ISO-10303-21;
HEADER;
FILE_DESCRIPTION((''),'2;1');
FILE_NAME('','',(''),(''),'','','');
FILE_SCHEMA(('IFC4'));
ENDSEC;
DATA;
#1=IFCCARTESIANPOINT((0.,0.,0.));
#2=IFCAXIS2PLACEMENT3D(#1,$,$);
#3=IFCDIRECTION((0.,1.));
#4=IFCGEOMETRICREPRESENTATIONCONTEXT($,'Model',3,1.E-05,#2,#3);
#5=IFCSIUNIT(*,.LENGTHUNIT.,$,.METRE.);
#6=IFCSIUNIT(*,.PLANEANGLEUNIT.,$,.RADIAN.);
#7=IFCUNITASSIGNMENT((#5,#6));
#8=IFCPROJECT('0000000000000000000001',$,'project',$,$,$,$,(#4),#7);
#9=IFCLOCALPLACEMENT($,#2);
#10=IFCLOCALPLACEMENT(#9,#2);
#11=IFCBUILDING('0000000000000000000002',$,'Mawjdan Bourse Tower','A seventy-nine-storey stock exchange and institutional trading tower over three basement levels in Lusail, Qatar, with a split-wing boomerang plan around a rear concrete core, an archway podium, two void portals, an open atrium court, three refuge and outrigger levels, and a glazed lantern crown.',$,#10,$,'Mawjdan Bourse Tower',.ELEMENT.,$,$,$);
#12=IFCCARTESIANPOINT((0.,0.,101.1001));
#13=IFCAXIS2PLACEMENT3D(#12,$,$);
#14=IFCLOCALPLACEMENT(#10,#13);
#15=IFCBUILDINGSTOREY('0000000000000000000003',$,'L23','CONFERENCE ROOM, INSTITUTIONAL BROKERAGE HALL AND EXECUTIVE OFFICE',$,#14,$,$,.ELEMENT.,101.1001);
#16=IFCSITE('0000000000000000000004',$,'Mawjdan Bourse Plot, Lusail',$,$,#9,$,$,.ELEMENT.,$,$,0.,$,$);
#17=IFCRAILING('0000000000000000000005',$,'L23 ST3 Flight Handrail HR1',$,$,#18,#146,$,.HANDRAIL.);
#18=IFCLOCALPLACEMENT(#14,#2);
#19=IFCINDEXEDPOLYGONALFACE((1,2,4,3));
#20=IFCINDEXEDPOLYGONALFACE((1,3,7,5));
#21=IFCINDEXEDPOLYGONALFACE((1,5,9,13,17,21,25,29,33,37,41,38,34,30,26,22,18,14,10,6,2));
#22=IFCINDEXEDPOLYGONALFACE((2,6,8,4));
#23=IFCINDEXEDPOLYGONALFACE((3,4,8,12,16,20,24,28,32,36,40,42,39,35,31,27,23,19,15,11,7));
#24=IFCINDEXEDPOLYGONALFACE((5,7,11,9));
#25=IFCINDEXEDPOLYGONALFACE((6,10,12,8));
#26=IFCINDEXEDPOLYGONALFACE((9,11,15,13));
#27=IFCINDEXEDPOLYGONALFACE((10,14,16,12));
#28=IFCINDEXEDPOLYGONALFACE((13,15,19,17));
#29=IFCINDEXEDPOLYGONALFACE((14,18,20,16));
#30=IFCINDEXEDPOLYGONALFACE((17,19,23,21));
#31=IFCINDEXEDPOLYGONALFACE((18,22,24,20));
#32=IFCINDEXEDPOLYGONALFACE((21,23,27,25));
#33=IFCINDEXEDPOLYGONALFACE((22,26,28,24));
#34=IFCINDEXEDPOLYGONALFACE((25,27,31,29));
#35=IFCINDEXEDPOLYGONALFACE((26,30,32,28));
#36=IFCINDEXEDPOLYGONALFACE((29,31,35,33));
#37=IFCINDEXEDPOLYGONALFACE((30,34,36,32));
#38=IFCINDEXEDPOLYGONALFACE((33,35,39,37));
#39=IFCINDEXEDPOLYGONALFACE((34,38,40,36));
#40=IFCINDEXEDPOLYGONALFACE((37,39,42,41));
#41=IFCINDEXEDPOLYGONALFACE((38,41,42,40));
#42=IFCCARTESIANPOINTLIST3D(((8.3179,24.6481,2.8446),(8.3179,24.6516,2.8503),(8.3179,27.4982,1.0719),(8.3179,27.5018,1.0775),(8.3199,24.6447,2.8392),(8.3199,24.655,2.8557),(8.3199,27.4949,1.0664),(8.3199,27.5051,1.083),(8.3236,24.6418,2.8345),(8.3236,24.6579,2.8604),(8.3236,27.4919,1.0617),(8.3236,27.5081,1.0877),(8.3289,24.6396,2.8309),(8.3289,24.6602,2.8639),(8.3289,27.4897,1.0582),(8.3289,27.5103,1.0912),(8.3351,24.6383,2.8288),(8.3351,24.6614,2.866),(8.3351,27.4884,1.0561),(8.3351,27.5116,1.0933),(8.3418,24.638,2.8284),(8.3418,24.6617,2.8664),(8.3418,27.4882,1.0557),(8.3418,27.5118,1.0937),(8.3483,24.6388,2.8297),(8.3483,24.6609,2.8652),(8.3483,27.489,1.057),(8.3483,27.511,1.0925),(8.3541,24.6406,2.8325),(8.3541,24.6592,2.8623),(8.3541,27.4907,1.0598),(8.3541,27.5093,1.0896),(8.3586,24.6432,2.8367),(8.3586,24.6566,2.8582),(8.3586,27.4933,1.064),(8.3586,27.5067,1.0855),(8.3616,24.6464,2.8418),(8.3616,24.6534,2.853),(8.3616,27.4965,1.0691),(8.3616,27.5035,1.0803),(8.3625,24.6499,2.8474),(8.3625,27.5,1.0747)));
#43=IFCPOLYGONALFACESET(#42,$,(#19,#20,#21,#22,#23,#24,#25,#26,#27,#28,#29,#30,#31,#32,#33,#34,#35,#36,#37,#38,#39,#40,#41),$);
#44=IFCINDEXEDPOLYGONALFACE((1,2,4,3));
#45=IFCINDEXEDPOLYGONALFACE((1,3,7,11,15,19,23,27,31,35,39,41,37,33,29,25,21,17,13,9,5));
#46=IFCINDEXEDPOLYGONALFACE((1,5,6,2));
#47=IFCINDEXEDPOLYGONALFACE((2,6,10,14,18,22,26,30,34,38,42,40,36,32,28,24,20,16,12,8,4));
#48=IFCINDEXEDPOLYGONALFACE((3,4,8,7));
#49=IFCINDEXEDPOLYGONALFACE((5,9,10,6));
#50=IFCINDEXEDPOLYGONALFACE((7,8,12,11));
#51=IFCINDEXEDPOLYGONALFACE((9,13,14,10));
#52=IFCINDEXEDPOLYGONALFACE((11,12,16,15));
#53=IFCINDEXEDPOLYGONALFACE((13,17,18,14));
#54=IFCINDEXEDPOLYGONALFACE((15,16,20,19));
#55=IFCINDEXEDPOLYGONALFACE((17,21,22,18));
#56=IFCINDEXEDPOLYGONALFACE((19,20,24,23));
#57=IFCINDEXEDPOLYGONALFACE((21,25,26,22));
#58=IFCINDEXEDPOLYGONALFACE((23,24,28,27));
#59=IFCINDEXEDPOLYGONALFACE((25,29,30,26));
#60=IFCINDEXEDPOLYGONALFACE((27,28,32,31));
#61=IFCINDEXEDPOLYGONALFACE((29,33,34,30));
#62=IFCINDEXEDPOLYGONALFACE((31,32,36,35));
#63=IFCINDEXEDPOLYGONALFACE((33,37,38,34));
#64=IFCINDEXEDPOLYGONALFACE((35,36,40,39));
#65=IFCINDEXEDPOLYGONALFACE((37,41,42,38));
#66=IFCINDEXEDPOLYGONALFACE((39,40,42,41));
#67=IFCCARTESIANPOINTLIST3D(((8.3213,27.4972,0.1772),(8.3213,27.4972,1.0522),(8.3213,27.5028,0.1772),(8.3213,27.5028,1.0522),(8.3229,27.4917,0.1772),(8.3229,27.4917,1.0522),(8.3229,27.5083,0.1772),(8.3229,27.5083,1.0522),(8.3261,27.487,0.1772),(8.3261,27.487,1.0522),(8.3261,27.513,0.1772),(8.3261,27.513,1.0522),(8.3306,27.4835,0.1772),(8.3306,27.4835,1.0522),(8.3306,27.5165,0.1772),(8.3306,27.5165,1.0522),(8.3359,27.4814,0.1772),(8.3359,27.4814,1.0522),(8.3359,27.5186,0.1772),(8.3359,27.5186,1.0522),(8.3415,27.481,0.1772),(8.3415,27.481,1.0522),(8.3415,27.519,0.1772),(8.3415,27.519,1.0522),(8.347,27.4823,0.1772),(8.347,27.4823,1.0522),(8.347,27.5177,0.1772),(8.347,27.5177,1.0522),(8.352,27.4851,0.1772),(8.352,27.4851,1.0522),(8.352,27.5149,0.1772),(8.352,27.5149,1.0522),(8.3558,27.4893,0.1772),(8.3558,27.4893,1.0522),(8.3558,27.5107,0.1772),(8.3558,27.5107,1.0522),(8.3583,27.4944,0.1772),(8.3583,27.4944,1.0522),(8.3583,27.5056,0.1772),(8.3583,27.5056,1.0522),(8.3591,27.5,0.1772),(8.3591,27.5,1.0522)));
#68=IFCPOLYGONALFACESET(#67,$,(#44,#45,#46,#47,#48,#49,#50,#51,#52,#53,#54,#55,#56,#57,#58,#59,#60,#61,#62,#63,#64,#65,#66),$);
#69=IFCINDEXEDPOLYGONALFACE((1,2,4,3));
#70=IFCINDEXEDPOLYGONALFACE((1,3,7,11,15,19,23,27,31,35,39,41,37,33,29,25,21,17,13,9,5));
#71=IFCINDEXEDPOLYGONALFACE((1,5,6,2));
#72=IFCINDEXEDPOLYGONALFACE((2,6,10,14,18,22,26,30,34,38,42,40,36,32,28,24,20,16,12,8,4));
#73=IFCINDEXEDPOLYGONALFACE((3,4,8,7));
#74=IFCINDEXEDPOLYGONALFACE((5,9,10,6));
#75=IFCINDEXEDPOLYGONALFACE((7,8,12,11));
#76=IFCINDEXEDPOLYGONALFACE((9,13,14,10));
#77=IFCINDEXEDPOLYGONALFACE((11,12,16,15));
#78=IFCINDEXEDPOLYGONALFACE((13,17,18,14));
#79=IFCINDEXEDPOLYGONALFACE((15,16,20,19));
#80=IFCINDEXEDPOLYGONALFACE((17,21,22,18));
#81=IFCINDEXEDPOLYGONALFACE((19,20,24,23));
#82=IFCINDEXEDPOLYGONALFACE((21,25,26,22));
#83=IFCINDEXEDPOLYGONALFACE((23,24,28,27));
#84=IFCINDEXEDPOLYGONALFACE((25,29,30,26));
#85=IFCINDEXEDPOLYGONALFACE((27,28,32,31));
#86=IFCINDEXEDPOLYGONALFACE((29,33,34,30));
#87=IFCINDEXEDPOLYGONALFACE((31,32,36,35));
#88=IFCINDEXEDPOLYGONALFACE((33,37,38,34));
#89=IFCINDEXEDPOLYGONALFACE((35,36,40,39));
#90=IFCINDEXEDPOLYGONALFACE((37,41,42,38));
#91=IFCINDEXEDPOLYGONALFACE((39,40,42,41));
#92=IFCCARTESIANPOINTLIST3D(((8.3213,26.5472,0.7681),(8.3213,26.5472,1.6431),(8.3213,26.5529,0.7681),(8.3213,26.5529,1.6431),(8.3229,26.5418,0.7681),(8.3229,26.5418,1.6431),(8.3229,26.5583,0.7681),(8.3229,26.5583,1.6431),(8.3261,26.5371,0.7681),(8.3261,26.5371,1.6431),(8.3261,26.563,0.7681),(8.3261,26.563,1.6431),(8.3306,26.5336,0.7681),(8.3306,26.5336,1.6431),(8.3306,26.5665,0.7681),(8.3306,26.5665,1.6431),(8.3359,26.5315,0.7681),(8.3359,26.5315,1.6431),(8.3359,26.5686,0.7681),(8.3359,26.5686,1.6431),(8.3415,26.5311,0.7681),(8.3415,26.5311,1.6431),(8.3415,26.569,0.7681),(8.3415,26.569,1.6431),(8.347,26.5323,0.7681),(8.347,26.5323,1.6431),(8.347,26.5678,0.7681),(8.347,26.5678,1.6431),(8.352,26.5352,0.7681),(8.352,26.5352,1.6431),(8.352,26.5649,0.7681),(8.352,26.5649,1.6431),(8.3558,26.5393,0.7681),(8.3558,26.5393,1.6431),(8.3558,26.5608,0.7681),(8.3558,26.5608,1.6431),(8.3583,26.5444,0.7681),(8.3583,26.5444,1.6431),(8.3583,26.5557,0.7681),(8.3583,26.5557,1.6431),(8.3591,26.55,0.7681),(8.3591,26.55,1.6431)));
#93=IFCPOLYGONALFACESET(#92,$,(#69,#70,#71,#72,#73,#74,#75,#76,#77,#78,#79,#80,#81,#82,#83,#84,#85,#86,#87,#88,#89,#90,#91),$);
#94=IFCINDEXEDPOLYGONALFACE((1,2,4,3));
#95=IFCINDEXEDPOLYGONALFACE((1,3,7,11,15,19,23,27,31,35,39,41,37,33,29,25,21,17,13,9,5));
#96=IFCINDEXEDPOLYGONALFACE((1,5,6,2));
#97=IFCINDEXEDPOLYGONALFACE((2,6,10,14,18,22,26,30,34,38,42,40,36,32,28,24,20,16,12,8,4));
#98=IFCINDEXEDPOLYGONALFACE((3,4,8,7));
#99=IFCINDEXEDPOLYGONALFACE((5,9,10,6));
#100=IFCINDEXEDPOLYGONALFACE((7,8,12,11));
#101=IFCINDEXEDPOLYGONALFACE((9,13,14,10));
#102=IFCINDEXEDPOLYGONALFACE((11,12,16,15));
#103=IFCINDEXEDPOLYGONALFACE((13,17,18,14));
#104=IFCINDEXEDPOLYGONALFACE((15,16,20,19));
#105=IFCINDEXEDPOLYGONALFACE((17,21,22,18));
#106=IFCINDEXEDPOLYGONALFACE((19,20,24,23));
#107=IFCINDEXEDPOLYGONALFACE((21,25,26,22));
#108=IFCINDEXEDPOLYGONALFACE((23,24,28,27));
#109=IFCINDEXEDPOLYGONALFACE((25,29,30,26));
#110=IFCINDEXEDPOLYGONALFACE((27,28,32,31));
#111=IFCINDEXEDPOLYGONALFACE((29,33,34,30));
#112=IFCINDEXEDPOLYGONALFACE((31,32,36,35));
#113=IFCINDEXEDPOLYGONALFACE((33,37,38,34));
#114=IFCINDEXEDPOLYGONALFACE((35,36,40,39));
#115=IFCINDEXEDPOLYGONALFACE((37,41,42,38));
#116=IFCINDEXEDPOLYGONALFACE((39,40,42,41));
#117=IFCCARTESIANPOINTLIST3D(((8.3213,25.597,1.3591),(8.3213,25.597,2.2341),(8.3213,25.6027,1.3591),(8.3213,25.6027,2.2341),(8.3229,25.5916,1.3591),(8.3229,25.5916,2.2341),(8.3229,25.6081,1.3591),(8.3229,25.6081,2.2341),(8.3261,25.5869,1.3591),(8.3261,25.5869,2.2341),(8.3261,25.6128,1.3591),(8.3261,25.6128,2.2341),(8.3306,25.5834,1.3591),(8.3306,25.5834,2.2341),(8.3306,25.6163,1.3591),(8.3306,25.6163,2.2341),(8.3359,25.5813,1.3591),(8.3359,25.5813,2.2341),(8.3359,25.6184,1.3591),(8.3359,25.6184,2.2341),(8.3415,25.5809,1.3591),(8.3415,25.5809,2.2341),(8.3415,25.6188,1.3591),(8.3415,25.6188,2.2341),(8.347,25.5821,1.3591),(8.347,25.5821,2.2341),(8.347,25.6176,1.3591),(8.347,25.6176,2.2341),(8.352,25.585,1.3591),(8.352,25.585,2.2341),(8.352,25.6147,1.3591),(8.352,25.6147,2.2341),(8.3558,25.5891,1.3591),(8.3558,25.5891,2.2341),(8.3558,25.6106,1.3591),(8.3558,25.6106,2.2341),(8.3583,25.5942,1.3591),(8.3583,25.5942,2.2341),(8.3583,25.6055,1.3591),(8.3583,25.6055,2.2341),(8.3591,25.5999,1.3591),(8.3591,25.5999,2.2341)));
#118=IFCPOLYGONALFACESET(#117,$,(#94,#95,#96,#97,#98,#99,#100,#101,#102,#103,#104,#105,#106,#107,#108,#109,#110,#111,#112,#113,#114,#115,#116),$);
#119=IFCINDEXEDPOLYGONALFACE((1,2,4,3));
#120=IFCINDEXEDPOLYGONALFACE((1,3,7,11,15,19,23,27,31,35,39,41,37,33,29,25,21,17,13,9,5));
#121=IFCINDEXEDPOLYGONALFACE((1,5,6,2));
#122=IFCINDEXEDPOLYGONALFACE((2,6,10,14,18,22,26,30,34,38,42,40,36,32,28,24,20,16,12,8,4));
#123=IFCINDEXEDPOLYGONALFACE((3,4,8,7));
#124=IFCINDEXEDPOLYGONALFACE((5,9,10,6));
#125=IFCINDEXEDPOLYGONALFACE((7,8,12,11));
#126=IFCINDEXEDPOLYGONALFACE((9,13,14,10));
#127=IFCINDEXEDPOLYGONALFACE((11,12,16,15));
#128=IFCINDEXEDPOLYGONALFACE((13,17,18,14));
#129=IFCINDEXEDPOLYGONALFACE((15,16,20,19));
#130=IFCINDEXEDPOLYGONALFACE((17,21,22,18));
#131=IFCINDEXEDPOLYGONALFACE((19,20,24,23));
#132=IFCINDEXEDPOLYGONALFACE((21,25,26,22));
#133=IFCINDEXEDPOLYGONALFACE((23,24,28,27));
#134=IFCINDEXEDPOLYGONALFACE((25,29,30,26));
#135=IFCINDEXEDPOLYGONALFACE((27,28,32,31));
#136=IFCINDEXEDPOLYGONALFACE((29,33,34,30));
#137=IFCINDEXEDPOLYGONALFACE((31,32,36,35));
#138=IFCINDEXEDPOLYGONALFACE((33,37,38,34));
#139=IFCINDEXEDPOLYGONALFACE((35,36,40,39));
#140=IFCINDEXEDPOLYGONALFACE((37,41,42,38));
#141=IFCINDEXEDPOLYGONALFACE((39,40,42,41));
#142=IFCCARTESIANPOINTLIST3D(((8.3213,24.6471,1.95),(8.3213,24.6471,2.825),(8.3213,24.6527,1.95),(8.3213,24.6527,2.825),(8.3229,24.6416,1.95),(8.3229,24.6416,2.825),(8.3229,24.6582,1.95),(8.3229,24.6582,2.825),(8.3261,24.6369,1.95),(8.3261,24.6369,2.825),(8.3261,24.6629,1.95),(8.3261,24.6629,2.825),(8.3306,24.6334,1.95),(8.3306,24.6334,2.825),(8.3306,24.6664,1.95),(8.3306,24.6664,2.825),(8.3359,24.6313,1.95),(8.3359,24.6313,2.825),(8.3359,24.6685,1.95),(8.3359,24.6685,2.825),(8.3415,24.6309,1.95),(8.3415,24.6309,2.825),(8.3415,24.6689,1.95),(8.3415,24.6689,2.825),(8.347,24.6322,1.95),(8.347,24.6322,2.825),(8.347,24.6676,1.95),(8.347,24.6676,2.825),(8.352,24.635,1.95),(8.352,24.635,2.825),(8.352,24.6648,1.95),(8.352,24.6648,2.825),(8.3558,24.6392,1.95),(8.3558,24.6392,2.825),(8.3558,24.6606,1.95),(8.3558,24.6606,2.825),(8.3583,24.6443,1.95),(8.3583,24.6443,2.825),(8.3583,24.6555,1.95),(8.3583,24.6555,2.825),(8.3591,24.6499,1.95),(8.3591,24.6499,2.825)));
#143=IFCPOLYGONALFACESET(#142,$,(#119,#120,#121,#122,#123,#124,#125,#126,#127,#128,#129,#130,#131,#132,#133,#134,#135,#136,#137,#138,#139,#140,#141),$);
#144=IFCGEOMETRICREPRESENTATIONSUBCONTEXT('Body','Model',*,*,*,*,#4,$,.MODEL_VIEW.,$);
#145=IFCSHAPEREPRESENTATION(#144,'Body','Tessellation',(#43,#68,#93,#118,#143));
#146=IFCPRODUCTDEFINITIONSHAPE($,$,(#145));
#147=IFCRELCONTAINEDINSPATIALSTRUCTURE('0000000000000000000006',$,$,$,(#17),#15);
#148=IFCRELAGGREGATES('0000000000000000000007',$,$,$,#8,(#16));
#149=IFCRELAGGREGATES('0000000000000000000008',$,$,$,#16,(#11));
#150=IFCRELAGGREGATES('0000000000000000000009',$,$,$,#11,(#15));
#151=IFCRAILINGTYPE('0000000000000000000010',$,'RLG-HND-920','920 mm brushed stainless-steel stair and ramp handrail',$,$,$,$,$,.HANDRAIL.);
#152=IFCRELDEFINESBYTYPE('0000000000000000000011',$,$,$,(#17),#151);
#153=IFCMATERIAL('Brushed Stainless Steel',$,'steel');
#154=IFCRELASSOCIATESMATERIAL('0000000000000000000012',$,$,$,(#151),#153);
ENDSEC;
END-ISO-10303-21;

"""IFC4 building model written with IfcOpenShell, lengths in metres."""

from ifc_helpers import new_model, si_unit, direction, frame, origin, origin_2d, place, context, subcontext, project, spatial, circle, extrude, material, type_object, element, save


model = new_model("IFC4")

# Units and contexts
model_context = context("Model", 3, precision=1e-05, world=origin(), true_north=direction((0.0, 1.0)))
body_context = subcontext(model_context, "Body", "Model", "MODEL_VIEW")
ifc_project = project(units=[si_unit("LENGTHUNIT", "METRE"), si_unit("PLANEANGLEUNIT", "RADIAN")], contexts=[model_context])

# Site, building, storey
site_placement = place(None, origin())
site = spatial("IfcSite", under=ifc_project, at=site_placement, Name="Mawjdan Bourse Plot, Lusail", CompositionType="ELEMENT", RefElevation=0.0)
building_placement = place(site_placement, origin())
building = spatial("IfcBuilding", under=site, at=building_placement, Name="Mawjdan Bourse Tower", Description="A seventy-nine-storey stock exchange and institutional trading tower over three basement levels in Lusail, Qatar, with a split-wing boomerang plan around a rear concrete core, an archway podium, two void portals, an open atrium court, three refuge and outrigger levels, and a glazed lantern crown.", LongName="Mawjdan Bourse Tower", CompositionType="ELEMENT")
storey_placement = place(building_placement, frame((0.0, 0.0, 101.1001)))
storey = spatial("IfcBuildingStorey", under=building, at=storey_placement, Name="L23", Description="CONFERENCE ROOM, INSTITUTIONAL BROKERAGE HALL AND EXECUTIVE OFFICE", CompositionType="ELEMENT", Elevation=101.1001)

# Railing
ifc_material_1 = material(Name="Brushed Stainless Steel", Category="steel")
railing_type_1 = type_object("IfcRailingType", Name="RLG-HND-920", Description="920 mm brushed stainless-steel stair and ramp handrail", PredefinedType="HANDRAIL", material=ifc_material_1)
railing_1_placement = place(storey_placement, frame((8.3401, 27.5, 0.1772)))
element("IfcRailing", 1, at=railing_1_placement, inside=storey, type_object=railing_type_1, Name="L23 ST3 Flight Handrail HR1", PredefinedType="HANDRAIL", context=body_context, shape_type="SweptSolid", body=[
    extrude(circle(Radius=0.0225, at=origin_2d()), frame((0.0, 0.0, 0.8975), z_axis=(0.0, -0.849149, 0.528154), x_axis=(1.0, 0.0, 0.0)), (0.0, 0.0, 1.0), 3.3564),
    extrude(circle(Radius=0.019, at=origin_2d()), origin(), (0.0, 0.0, 1.0), 0.875),
    extrude(circle(Radius=0.019, at=origin_2d()), frame((0.0, -0.95, 0.5908)), (0.0, 0.0, 1.0), 0.875),
    extrude(circle(Radius=0.019, at=origin_2d()), frame((0.0, -1.9001, 1.1819)), (0.0, 0.0, 1.0), 0.875),
    extrude(circle(Radius=0.019, at=origin_2d()), frame((0.0, -2.8501, 1.7727)), (0.0, 0.0, 1.0), 0.875),
])

save(model, "model.ifc")
